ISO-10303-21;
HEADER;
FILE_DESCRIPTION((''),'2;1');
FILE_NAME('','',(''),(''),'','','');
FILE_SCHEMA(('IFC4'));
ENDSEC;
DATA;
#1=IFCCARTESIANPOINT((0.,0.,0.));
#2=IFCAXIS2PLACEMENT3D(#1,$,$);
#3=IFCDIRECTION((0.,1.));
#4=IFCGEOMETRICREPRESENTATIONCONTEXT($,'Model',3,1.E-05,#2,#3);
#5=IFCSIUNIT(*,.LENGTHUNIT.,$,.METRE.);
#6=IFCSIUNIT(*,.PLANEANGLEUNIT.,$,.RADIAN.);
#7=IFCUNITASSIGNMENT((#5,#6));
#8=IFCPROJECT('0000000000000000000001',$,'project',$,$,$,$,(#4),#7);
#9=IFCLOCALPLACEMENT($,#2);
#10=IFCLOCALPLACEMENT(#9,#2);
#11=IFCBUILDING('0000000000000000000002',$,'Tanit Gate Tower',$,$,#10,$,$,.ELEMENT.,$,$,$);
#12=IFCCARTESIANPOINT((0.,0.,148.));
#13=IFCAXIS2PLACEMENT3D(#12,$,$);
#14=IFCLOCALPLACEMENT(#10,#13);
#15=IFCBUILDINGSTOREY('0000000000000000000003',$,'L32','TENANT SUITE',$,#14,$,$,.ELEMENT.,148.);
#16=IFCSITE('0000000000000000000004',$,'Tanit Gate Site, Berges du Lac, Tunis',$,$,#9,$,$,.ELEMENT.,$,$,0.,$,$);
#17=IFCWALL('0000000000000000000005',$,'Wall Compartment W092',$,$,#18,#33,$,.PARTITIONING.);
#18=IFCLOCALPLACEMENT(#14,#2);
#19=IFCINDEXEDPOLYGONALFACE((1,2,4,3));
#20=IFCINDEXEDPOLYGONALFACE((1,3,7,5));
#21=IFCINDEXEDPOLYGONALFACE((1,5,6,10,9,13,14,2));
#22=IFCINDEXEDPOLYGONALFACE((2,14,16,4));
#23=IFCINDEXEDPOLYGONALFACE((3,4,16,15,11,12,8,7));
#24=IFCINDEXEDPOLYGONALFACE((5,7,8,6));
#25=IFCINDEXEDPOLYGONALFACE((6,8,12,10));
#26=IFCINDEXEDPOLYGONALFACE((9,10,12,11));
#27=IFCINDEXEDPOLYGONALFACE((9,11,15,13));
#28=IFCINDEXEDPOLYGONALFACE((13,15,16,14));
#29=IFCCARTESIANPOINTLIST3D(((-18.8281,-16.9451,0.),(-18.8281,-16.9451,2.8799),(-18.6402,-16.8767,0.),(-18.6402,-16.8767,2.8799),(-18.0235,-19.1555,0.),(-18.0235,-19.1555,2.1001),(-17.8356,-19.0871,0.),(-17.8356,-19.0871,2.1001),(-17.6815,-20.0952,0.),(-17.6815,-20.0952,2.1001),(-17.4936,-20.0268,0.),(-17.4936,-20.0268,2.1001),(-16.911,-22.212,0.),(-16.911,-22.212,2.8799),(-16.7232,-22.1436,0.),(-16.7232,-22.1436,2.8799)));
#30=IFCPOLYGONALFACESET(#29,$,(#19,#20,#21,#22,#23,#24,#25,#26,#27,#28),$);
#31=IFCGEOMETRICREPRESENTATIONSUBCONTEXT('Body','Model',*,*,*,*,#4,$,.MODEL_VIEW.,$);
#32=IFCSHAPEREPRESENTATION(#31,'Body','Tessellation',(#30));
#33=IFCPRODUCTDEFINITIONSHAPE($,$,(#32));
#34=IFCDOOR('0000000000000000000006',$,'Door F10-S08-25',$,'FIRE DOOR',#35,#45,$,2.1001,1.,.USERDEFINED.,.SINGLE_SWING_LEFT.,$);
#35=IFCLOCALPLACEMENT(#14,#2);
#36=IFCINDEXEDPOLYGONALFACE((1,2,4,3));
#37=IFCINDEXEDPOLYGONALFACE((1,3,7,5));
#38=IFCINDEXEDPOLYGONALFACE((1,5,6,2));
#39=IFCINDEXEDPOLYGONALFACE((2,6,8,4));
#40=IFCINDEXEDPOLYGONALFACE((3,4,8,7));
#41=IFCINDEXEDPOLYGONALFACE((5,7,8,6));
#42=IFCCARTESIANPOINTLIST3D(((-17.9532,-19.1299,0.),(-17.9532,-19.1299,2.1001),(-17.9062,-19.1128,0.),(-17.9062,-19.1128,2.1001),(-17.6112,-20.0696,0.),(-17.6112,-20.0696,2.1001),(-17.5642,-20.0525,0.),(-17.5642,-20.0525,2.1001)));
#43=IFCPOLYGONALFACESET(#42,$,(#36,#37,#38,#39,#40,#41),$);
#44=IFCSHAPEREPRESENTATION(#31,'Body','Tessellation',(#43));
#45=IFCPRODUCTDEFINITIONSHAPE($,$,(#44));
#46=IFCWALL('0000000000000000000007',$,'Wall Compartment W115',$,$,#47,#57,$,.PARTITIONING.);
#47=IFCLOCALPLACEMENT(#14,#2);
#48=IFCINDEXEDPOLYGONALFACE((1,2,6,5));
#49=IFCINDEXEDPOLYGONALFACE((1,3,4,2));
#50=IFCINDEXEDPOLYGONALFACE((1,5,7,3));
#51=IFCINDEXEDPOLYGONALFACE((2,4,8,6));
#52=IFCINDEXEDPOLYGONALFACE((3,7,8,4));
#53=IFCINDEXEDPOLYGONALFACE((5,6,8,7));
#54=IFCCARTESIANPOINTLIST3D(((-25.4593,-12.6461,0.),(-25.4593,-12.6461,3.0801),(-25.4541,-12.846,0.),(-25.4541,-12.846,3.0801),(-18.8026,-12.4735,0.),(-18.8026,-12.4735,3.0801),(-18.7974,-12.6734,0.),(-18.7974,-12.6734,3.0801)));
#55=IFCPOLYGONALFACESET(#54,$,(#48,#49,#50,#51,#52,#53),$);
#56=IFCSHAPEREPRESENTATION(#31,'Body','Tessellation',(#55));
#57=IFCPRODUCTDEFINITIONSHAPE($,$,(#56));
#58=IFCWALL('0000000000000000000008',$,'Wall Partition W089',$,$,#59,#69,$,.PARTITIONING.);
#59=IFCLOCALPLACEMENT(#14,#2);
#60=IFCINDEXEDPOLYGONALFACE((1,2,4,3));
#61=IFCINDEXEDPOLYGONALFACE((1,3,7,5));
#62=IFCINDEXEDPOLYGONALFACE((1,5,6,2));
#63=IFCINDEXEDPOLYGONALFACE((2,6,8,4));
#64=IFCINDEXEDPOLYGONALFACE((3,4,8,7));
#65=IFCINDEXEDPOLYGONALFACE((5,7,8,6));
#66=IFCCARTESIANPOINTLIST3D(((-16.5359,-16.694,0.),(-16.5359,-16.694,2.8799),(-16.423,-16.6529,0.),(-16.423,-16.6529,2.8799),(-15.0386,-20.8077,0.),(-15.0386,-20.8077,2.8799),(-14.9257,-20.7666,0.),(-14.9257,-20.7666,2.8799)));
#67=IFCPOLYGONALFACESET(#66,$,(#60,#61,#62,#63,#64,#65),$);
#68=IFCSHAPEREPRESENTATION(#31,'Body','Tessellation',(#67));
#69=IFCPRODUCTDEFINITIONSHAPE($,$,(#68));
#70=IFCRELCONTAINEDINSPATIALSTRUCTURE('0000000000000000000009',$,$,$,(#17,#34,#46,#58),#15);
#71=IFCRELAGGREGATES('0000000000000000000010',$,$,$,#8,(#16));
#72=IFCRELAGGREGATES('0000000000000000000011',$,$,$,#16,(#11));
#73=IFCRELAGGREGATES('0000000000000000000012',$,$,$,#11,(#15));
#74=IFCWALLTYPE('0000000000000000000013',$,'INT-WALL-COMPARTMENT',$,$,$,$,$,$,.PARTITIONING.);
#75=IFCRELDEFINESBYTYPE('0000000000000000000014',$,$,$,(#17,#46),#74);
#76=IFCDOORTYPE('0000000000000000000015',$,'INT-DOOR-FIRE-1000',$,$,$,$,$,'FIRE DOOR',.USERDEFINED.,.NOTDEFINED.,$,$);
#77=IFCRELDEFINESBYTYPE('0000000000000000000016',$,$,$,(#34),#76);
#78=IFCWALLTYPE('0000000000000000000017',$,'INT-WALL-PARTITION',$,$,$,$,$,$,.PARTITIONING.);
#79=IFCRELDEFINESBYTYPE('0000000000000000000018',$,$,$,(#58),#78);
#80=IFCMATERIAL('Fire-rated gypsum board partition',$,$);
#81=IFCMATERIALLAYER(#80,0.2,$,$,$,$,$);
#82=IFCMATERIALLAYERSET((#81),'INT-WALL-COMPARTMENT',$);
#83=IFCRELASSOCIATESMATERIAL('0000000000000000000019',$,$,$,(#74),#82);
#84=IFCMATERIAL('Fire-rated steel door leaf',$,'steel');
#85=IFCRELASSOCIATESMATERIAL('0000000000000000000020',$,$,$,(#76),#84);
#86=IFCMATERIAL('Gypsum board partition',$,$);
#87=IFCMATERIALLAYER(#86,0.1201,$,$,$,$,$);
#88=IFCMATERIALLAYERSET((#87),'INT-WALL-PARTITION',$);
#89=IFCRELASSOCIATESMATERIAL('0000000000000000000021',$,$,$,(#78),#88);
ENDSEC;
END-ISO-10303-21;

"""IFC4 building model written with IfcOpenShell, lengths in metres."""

from ifc_helpers import new_model, si_unit, direction, frame, frame_2d, origin, place, context, subcontext, project, spatial, rectangle, extrude, material, layer, layer_set, type_object, element, fill, save


model = new_model("IFC4")

# Units and contexts
model_context = context("Model", 3, precision=1e-05, world=origin(), true_north=direction((0.0, 1.0)))
body_context = subcontext(model_context, "Body", "Model", "MODEL_VIEW")
ifc_project = project(units=[si_unit("LENGTHUNIT", "METRE"), si_unit("PLANEANGLEUNIT", "RADIAN")], contexts=[model_context])

# Site, building, storey
site_placement = place(None, origin())
site = spatial("IfcSite", under=ifc_project, at=site_placement, Name="Tanit Gate Site, Berges du Lac, Tunis", CompositionType="ELEMENT", RefElevation=0.0)
building_placement = place(site_placement, origin())
building = spatial("IfcBuilding", under=site, at=building_placement, Name="Tanit Gate Tower", CompositionType="ELEMENT")
storey_placement = place(building_placement, frame((0.0, 0.0, 148.0)))
storey = spatial("IfcBuildingStorey", under=building, at=storey_placement, Name="L32", Description="TENANT SUITE", CompositionType="ELEMENT", Elevation=148.0)

# Wall, opening, door
ifc_material_1 = material(Name="Fire-rated gypsum board partition")
ifc_layer_1 = layer(ifc_material_1, 0.2)
ifc_layer_set_1 = layer_set([ifc_layer_1], Name="INT-WALL-COMPARTMENT")
wall_type_1 = type_object("IfcWallType", Name="INT-WALL-COMPARTMENT", PredefinedType="PARTITIONING", material=ifc_layer_set_1)
wall_1_placement = place(storey_placement, frame((-18.7341, -16.9109, 0.0), z_axis=(0.0, 0.0, 1.0), x_axis=(0.342023, -0.939692, 0.0)))
wall_1 = element("IfcWall", 1, at=wall_1_placement, inside=storey, type_object=wall_type_1, Name="Wall Compartment W092", PredefinedType="PARTITIONING", context=body_context, shape_type="SweptSolid", body=[
    extrude(rectangle(XDim=5.605, YDim=0.2, at=frame_2d((2.8025, 0.0))), origin(), (0.0, 0.0, 1.0), 2.8799),
])
opening_placement = place(wall_1_placement, frame((2.3523, 0.0, 0.0)))
opening = element("IfcOpeningElement", 2, at=opening_placement, cuts=wall_1, PredefinedType="OPENING", context=body_context, shape_type="SweptSolid", body=[
    extrude(rectangle(XDim=1.0, YDim=2.1001, at=frame_2d((0.5, 1.05))), frame((0.0, 0.1099, 0.0), z_axis=(0.0, -1.0, 0.0), x_axis=(1.0, 0.0, 0.0)), (0.0, 0.0, 1.0), 0.22),
])
ifc_material_2 = material(Name="Fire-rated steel door leaf", Category="steel")
door_type = type_object("IfcDoorType", Name="INT-DOOR-FIRE-1000", ElementType="FIRE DOOR", OperationType="NOTDEFINED", PredefinedType="USERDEFINED", material=ifc_material_2)
door_placement = place(opening_placement, origin())
door = element("IfcDoor", 3, at=door_placement, inside=storey, type_object=door_type, Name="Door F10-S08-25", ObjectType="FIRE DOOR", OperationType="SINGLE_SWING_LEFT", OverallHeight=2.1001, OverallWidth=1.0, PredefinedType="USERDEFINED", context=body_context, shape_type="SweptSolid", body=[
    extrude(rectangle(XDim=1.0, YDim=2.1001, at=frame_2d((0.5, 1.05))), frame((0.0, 0.0249, 0.0), z_axis=(0.0, -1.0, 0.0), x_axis=(1.0, 0.0, 0.0)), (0.0, 0.0, 1.0), 0.05),
])
fill(opening, door)

# Walls
wall_2_placement = place(storey_placement, frame((-25.4568, -12.7461, 0.0), z_axis=(0.0, 0.0, 1.0), x_axis=(0.999664, 0.025921, 0.0)))
element("IfcWall", 4, at=wall_2_placement, inside=storey, type_object=wall_type_1, Name="Wall Compartment W115", PredefinedType="PARTITIONING", context=body_context, shape_type="SweptSolid", body=[
    extrude(rectangle(XDim=6.6589, YDim=0.2, at=frame_2d((3.3296, 0.0))), origin(), (0.0, 0.0, 1.0), 3.0801),
])
ifc_material_3 = material(Name="Gypsum board partition")
ifc_layer_2 = layer(ifc_material_3, 0.1201)
ifc_layer_set_2 = layer_set([ifc_layer_2], Name="INT-WALL-PARTITION")
wall_type_2 = type_object("IfcWallType", Name="INT-WALL-PARTITION", PredefinedType="PARTITIONING", material=ifc_layer_set_2)
wall_3_placement = place(storey_placement, frame((-16.4795, -16.6733, 0.0), z_axis=(0.0, 0.0, 1.0), x_axis=(0.342025, -0.939691, 0.0)))
element("IfcWall", 5, at=wall_3_placement, inside=storey, type_object=wall_type_2, Name="Wall Partition W089", PredefinedType="PARTITIONING", context=body_context, shape_type="SweptSolid", body=[
    extrude(rectangle(XDim=4.3777, YDim=0.1201, at=frame_2d((2.189, 0.0))), origin(), (0.0, 0.0, 1.0), 2.8799),
])

save(model, "model.ifc")
